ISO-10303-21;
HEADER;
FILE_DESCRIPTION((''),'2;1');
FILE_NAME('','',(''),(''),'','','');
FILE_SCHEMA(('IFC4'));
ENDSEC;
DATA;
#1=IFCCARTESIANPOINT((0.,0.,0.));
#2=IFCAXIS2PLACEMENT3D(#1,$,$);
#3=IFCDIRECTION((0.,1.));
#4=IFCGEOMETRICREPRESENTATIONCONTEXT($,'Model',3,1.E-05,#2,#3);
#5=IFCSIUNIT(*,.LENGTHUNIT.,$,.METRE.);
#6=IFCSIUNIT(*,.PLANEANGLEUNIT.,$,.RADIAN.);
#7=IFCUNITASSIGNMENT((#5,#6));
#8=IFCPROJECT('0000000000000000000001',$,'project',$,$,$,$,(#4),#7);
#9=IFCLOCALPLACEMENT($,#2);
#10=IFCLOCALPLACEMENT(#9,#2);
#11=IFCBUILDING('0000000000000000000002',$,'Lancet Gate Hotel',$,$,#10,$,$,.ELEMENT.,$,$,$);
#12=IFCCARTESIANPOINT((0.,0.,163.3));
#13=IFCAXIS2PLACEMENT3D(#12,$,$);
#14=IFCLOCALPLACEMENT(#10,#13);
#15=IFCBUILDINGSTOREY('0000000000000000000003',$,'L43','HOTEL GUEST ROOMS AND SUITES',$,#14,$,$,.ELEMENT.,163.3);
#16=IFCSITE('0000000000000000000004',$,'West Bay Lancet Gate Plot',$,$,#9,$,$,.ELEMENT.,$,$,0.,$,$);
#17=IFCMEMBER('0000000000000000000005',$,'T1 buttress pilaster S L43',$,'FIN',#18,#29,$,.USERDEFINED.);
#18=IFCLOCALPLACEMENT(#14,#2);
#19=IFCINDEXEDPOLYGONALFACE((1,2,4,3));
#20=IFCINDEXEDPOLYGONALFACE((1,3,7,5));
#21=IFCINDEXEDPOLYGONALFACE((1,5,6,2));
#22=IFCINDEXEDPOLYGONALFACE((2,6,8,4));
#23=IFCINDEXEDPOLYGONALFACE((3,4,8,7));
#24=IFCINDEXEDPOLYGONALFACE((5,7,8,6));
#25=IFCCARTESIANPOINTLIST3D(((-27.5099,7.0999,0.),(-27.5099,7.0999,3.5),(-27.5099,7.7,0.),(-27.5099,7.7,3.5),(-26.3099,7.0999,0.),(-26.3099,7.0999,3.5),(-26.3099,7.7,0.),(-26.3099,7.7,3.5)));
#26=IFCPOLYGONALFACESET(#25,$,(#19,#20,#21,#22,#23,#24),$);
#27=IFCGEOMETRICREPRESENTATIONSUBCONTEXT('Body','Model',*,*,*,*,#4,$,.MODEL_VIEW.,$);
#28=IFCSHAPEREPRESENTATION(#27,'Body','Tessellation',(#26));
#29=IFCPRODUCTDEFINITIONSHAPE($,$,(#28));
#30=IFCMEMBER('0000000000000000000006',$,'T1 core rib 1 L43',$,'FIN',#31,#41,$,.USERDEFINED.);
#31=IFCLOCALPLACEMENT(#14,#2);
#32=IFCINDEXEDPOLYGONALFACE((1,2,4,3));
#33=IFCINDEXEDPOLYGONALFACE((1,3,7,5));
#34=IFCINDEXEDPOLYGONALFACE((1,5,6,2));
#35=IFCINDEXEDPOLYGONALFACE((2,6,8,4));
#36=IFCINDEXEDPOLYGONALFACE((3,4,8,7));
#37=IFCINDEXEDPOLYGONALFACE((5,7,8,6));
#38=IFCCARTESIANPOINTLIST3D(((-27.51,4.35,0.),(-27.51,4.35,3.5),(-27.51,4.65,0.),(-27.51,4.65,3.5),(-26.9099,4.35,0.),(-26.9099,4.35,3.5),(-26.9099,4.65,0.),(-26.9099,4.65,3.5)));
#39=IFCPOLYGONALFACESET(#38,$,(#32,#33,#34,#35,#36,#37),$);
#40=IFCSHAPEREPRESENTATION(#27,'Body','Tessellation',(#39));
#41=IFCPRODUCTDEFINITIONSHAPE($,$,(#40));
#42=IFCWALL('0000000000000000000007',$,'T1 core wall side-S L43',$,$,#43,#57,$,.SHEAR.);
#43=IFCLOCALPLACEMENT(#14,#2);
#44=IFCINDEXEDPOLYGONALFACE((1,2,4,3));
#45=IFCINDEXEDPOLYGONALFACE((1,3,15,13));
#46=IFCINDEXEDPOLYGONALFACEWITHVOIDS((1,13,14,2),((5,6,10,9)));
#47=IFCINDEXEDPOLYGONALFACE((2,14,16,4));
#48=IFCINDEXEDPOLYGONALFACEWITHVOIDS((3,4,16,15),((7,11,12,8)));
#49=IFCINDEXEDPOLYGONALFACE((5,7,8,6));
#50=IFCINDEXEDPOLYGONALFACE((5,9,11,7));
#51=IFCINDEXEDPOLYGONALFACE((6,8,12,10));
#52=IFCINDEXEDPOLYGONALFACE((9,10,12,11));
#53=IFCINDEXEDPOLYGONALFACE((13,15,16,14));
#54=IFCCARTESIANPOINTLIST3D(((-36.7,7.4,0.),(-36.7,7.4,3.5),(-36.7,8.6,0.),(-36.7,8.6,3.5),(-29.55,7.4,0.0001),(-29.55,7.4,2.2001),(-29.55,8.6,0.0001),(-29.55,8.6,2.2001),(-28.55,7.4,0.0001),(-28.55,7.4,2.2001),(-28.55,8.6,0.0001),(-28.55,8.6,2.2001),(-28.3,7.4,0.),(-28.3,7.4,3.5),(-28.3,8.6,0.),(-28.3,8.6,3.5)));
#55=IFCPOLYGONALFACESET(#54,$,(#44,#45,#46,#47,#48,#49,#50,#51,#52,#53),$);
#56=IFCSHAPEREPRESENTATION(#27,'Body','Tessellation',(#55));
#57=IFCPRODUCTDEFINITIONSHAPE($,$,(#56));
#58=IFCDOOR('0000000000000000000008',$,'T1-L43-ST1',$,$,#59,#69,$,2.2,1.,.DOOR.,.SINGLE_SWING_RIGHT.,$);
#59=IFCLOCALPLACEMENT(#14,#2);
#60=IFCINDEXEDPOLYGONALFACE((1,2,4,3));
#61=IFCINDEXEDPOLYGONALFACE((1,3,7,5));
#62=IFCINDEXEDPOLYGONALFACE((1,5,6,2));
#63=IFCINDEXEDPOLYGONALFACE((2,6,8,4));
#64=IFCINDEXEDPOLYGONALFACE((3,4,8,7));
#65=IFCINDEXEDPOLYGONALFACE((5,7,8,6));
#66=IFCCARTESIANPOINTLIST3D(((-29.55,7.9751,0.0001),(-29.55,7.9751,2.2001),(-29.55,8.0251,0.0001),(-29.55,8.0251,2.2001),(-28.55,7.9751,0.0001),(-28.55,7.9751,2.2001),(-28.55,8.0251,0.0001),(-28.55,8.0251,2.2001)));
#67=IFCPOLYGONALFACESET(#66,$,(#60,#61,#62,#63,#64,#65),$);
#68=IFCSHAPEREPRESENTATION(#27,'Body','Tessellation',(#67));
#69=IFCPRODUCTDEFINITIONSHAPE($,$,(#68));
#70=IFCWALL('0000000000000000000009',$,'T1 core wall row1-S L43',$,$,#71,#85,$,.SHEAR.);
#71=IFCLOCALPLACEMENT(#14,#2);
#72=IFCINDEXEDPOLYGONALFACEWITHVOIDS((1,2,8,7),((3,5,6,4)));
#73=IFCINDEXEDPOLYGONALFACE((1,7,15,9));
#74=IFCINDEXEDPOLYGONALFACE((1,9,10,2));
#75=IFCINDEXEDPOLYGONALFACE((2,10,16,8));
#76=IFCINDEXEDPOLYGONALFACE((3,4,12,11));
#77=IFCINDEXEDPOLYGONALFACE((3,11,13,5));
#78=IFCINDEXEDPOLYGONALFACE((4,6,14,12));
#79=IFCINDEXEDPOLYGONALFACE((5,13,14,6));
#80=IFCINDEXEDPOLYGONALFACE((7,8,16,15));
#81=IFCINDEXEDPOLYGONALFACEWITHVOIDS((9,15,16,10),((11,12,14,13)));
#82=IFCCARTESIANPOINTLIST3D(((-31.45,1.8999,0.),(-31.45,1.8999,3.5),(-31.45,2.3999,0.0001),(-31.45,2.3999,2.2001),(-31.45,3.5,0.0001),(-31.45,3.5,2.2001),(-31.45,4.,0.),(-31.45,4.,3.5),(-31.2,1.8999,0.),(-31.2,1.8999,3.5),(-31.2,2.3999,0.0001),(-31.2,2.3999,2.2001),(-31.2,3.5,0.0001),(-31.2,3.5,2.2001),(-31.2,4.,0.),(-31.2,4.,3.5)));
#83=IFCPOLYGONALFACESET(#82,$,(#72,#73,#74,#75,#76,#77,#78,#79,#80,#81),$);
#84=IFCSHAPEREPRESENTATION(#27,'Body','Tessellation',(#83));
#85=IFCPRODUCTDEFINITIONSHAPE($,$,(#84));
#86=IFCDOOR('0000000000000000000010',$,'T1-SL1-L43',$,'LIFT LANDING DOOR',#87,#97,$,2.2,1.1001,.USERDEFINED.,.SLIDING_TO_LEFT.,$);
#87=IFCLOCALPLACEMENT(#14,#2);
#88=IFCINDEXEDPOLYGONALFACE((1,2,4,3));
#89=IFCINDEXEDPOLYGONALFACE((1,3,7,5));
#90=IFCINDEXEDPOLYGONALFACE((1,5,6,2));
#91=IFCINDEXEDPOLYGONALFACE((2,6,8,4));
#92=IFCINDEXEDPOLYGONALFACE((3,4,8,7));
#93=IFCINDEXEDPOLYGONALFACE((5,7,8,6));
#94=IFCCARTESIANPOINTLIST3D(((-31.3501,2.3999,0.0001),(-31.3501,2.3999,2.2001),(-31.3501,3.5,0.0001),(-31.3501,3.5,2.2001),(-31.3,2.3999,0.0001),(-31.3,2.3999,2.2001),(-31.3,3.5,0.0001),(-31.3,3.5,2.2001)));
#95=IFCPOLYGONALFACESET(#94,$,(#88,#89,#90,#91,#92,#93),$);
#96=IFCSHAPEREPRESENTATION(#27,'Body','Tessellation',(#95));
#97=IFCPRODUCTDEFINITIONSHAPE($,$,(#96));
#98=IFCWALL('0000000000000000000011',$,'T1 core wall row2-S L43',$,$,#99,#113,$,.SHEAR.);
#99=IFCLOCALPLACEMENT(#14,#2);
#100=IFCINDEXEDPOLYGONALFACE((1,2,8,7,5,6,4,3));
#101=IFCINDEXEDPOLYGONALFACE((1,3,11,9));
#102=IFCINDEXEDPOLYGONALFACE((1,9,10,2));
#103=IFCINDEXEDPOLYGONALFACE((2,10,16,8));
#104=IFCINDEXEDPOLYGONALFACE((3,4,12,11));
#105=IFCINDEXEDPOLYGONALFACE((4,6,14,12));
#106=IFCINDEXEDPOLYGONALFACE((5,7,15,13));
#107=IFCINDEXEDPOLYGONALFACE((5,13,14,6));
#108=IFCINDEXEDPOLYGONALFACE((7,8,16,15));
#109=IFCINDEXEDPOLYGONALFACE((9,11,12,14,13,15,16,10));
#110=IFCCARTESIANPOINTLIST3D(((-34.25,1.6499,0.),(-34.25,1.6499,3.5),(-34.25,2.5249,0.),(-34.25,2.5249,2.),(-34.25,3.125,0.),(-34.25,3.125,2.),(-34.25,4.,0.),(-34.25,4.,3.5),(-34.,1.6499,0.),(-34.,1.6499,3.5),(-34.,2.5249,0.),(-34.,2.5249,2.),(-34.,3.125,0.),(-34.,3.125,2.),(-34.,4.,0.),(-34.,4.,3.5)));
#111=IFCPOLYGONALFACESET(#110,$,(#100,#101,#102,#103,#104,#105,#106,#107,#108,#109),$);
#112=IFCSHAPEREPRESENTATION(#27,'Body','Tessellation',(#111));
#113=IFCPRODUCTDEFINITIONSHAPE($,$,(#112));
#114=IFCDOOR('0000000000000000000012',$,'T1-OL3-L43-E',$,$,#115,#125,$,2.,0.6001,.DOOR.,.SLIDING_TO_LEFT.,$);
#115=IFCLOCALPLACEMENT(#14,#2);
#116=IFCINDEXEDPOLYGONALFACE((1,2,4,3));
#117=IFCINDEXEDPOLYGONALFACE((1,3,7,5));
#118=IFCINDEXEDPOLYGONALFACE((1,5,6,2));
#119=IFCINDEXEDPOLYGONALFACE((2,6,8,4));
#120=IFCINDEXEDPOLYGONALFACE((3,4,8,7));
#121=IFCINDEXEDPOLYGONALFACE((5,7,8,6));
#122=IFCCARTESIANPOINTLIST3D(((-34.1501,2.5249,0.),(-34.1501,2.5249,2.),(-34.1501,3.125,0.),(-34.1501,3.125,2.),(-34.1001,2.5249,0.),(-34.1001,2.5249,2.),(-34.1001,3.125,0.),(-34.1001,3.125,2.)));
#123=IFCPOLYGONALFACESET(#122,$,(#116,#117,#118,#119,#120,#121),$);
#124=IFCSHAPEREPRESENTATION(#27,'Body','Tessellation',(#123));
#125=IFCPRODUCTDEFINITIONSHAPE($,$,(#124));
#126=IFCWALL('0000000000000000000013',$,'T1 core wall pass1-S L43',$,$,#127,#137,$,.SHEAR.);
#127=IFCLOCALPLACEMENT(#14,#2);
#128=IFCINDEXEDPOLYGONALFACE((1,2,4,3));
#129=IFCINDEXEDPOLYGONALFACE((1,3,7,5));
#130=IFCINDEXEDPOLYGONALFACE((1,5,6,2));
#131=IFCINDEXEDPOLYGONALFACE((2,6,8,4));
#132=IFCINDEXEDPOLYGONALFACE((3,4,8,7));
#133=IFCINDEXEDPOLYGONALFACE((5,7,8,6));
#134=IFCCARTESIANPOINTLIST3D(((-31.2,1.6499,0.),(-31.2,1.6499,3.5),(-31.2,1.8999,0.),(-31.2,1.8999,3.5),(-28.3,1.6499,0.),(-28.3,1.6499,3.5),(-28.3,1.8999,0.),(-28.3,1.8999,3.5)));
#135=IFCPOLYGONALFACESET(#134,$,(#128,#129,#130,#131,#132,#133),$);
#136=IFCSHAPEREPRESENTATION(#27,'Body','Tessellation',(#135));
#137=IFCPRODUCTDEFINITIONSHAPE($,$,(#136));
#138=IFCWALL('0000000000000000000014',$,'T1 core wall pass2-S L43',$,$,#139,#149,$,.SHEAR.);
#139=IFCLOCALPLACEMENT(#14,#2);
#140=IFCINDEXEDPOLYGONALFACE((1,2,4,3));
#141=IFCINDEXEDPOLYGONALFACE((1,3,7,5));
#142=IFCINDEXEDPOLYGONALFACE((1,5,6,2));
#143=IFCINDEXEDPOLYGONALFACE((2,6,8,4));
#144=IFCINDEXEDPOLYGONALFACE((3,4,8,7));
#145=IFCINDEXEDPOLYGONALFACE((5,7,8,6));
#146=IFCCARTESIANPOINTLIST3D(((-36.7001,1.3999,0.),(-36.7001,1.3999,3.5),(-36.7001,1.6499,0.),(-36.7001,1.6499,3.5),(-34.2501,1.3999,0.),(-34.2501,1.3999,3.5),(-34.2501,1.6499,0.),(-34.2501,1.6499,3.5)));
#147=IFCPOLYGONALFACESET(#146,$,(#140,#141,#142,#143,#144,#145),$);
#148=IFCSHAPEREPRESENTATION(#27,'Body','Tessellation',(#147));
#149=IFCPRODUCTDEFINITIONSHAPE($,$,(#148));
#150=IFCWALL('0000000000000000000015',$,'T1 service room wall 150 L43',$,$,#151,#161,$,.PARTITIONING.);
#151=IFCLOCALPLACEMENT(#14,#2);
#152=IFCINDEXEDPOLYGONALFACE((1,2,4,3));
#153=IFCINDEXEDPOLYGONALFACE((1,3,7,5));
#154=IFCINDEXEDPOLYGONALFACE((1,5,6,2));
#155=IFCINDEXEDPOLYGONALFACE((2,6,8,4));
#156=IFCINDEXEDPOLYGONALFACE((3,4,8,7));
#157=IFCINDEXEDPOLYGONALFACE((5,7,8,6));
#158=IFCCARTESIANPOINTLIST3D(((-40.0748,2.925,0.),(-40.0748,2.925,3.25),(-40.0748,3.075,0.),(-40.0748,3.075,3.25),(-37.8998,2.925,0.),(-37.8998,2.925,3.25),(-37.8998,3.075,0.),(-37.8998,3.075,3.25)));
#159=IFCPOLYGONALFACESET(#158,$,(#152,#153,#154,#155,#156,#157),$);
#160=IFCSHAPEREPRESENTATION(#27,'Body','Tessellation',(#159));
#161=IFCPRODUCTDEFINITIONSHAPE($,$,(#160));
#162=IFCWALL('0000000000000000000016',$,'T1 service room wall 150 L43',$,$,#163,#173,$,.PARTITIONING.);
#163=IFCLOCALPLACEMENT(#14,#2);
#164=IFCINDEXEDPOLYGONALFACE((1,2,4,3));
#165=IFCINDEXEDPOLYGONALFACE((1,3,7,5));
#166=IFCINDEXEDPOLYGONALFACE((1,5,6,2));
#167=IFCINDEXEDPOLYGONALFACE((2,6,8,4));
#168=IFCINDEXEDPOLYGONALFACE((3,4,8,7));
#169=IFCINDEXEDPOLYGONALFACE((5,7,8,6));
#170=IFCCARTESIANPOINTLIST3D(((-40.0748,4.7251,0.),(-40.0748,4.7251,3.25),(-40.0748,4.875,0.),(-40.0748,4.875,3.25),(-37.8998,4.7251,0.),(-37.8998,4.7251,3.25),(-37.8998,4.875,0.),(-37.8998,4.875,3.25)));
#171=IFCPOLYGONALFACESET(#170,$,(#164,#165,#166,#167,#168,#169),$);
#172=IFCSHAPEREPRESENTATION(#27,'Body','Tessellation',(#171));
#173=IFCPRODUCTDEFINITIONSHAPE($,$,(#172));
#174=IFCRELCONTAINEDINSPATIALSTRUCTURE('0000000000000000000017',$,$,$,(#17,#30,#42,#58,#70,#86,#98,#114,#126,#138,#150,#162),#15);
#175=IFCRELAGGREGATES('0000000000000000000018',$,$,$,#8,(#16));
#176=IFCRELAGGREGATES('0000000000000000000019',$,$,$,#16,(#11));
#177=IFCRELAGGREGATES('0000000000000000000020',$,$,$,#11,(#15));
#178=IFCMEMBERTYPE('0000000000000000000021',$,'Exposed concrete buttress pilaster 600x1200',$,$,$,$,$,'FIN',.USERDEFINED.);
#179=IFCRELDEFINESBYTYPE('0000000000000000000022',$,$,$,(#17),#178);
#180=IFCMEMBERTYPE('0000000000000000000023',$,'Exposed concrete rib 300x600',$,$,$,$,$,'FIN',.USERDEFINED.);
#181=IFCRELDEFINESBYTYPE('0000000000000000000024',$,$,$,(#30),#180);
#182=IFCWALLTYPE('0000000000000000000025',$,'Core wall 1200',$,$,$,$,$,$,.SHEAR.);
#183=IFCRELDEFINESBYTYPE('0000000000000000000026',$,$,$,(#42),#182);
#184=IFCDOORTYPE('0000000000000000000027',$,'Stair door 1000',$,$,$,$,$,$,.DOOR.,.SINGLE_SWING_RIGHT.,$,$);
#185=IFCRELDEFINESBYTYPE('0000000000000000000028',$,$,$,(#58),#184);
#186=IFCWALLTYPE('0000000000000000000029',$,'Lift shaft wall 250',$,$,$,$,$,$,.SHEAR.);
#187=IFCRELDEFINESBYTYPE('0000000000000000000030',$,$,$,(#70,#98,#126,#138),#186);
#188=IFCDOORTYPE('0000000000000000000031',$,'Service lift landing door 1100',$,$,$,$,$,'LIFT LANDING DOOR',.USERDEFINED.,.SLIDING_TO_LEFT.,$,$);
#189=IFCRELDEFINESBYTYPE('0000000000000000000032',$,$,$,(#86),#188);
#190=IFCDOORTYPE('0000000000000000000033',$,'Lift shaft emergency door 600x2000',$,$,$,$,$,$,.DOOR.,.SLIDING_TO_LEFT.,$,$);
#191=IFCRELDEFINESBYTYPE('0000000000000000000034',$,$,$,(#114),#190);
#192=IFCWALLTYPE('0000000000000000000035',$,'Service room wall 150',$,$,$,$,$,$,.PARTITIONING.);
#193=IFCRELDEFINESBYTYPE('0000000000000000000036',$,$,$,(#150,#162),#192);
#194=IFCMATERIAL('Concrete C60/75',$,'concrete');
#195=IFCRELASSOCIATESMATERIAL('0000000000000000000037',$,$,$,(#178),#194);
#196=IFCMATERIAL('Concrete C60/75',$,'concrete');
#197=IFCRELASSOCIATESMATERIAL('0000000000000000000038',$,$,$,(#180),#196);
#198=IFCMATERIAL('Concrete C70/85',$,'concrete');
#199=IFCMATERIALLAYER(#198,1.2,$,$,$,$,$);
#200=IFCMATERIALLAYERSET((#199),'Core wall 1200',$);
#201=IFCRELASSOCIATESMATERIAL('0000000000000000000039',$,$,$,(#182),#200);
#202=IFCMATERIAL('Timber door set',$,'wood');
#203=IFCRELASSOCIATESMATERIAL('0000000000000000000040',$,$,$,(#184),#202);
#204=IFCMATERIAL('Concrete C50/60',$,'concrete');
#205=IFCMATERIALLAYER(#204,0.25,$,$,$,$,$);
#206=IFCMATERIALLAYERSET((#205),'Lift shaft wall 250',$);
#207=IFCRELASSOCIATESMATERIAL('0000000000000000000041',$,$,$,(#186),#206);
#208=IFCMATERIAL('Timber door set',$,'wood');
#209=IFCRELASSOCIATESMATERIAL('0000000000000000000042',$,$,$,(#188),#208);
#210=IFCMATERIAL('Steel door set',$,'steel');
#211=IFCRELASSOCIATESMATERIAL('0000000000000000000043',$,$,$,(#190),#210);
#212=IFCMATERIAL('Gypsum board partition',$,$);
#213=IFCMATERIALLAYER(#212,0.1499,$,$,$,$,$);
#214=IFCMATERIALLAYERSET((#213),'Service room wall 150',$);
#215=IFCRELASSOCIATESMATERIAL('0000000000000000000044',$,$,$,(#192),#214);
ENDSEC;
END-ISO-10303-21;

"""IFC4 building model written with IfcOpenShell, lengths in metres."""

from ifc_helpers import new_model, si_unit, direction, frame, frame_2d, origin, origin_2d, place, context, subcontext, project, spatial, rectangle, extrude, material, layer, layer_set, material_profile, profile_set, type_object, element, fill, save


model = new_model("IFC4")

# Units and contexts
model_context = context("Model", 3, precision=1e-05, world=origin(), true_north=direction((0.0, 1.0)))
body_context = subcontext(model_context, "Body", "Model", "MODEL_VIEW")
ifc_project = project(units=[si_unit("LENGTHUNIT", "METRE"), si_unit("PLANEANGLEUNIT", "RADIAN")], contexts=[model_context])

# Site, building, storey
site_placement = place(None, origin())
site = spatial("IfcSite", under=ifc_project, at=site_placement, Name="West Bay Lancet Gate Plot", CompositionType="ELEMENT", RefElevation=0.0)
building_placement = place(site_placement, origin())
building = spatial("IfcBuilding", under=site, at=building_placement, Name="Lancet Gate Hotel", CompositionType="ELEMENT")
storey_placement = place(building_placement, frame((0.0, 0.0, 163.3)))
storey = spatial("IfcBuildingStorey", under=building, at=storey_placement, Name="L43", Description="HOTEL GUEST ROOMS AND SUITES", CompositionType="ELEMENT", Elevation=163.3)

# Members
ifc_material_1 = material(Name="Concrete C60/75", Category="concrete")
ifc_material_profile_1 = material_profile(ifc_material_1, rectangle(XDim=0.6001, YDim=1.2, at=origin_2d()), Name="FIN 600x1200")
ifc_profile_set_1 = profile_set([ifc_material_profile_1], Name="Concrete C60/75")
member_type_1 = type_object("IfcMemberType", Name="Exposed concrete buttress pilaster 600x1200", ElementType="FIN", PredefinedType="USERDEFINED", material=ifc_profile_set_1)
member_1_placement = place(storey_placement, frame((-26.9099, 7.3999, 0.0), z_axis=(0.0, 0.0, 1.0), x_axis=(0.0, 1.0, 0.0)))
element("IfcMember", 1, at=member_1_placement, inside=storey, type_object=member_type_1, Name="T1 buttress pilaster S L43", ObjectType="FIN", PredefinedType="USERDEFINED", context=body_context, shape_type="SweptSolid", body=[
    extrude(rectangle(XDim=0.6001, YDim=1.2, at=origin_2d()), origin(), (0.0, 0.0, 1.0), 3.5),
])
ifc_material_2 = material(Name="Concrete C60/75", Category="concrete")
ifc_material_profile_2 = material_profile(ifc_material_2, rectangle(XDim=0.3, YDim=0.6001, at=origin_2d()), Name="FIN 300x600")
ifc_profile_set_2 = profile_set([ifc_material_profile_2], Name="Concrete C60/75")
member_type_2 = type_object("IfcMemberType", Name="Exposed concrete rib 300x600", ElementType="FIN", PredefinedType="USERDEFINED", material=ifc_profile_set_2)
member_2_placement = place(storey_placement, frame((-27.21, 4.5, 0.0), z_axis=(0.0, 0.0, 1.0), x_axis=(0.0, 1.0, 0.0)))
element("IfcMember", 2, at=member_2_placement, inside=storey, type_object=member_type_2, Name="T1 core rib 1 L43", ObjectType="FIN", PredefinedType="USERDEFINED", context=body_context, shape_type="SweptSolid", body=[
    extrude(rectangle(XDim=0.3, YDim=0.6001, at=origin_2d()), origin(), (0.0, 0.0, 1.0), 3.5),
])

# Walls, openings, doors
ifc_material_3 = material(Name="Concrete C70/85", Category="concrete")
ifc_layer_1 = layer(ifc_material_3, 1.2)
ifc_layer_set_1 = layer_set([ifc_layer_1], Name="Core wall 1200")
wall_type_1 = type_object("IfcWallType", Name="Core wall 1200", PredefinedType="SHEAR", material=ifc_layer_set_1)
wall_1_placement = place(storey_placement, frame((-28.3, 8.0, 0.0), z_axis=(0.0, 0.0, 1.0), x_axis=(-1.0, 0.0, 0.0)))
wall_1 = element("IfcWall", 3, at=wall_1_placement, inside=storey, type_object=wall_type_1, Name="T1 core wall side-S L43", PredefinedType="SHEAR", context=body_context, shape_type="SweptSolid", body=[
    extrude(rectangle(XDim=8.3999, YDim=1.2, at=frame_2d((4.2, 0.0))), origin(), (0.0, 0.0, 1.0), 3.5),
])
opening_1_placement = place(wall_1_placement, frame((0.25, 0.0, 0.0)))
opening_1 = element("IfcOpeningElement", 4, at=opening_1_placement, cuts=wall_1, PredefinedType="OPENING", context=body_context, shape_type="SweptSolid", body=[
    extrude(rectangle(XDim=1.0, YDim=2.2, at=frame_2d((0.5, 1.1001))), frame((0.0, 0.6099, 0.0), z_axis=(0.0, -1.0, 0.0), x_axis=(1.0, 0.0, 0.0)), (0.0, 0.0, 1.0), 1.22),
])
ifc_material_4 = material(Name="Timber door set", Category="wood")
door_type_1 = type_object("IfcDoorType", Name="Stair door 1000", OperationType="SINGLE_SWING_RIGHT", PredefinedType="DOOR", material=ifc_material_4)
door_1_placement = place(opening_1_placement, origin())
door_1 = element("IfcDoor", 5, at=door_1_placement, inside=storey, type_object=door_type_1, Name="T1-L43-ST1", OperationType="SINGLE_SWING_RIGHT", OverallHeight=2.2, OverallWidth=1.0, PredefinedType="DOOR", context=body_context, shape_type="SweptSolid", body=[
    extrude(rectangle(XDim=1.0, YDim=2.2, at=frame_2d((0.5, 1.1001))), frame((0.0, 0.0249, 0.0), z_axis=(0.0, -1.0, 0.0), x_axis=(1.0, 0.0, 0.0)), (0.0, 0.0, 1.0), 0.05),
])
fill(opening_1, door_1)
ifc_material_5 = material(Name="Concrete C50/60", Category="concrete")
ifc_layer_2 = layer(ifc_material_5, 0.25)
ifc_layer_set_2 = layer_set([ifc_layer_2], Name="Lift shaft wall 250")
wall_type_2 = type_object("IfcWallType", Name="Lift shaft wall 250", PredefinedType="SHEAR", material=ifc_layer_set_2)
wall_2_placement = place(storey_placement, frame((-31.325, 4.0, 0.0), z_axis=(0.0, 0.0, 1.0), x_axis=(0.0, -1.0, 0.0)))
wall_2 = element("IfcWall", 6, at=wall_2_placement, inside=storey, type_object=wall_type_2, Name="T1 core wall row1-S L43", PredefinedType="SHEAR", context=body_context, shape_type="SweptSolid", body=[
    extrude(rectangle(XDim=2.1001, YDim=0.25, at=frame_2d((1.05, 0.0))), origin(), (0.0, 0.0, 1.0), 3.5),
])
opening_2_placement = place(wall_2_placement, frame((0.5, 0.0, 0.0)))
opening_2 = element("IfcOpeningElement", 7, at=opening_2_placement, cuts=wall_2, PredefinedType="OPENING", context=body_context, shape_type="SweptSolid", body=[
    extrude(rectangle(XDim=1.1001, YDim=2.2, at=frame_2d((0.55, 1.1001))), frame((0.0, 0.135, 0.0), z_axis=(0.0, -1.0, 0.0), x_axis=(1.0, 0.0, 0.0)), (0.0, 0.0, 1.0), 0.27),
])
ifc_material_6 = material(Name="Timber door set", Category="wood")
door_type_2 = type_object("IfcDoorType", Name="Service lift landing door 1100", ElementType="LIFT LANDING DOOR", OperationType="SLIDING_TO_LEFT", PredefinedType="USERDEFINED", material=ifc_material_6)
door_2_placement = place(opening_2_placement, origin())
door_2 = element("IfcDoor", 8, at=door_2_placement, inside=storey, type_object=door_type_2, Name="T1-SL1-L43", ObjectType="LIFT LANDING DOOR", OperationType="SLIDING_TO_LEFT", OverallHeight=2.2, OverallWidth=1.1001, PredefinedType="USERDEFINED", context=body_context, shape_type="SweptSolid", body=[
    extrude(rectangle(XDim=1.1001, YDim=2.2, at=frame_2d((0.55, 1.1001))), frame((0.0, 0.0249, 0.0), z_axis=(0.0, -1.0, 0.0), x_axis=(1.0, 0.0, 0.0)), (0.0, 0.0, 1.0), 0.05),
])
fill(opening_2, door_2)
wall_3_placement = place(storey_placement, frame((-34.125, 4.0, 0.0), z_axis=(0.0, 0.0, 1.0), x_axis=(0.0, -1.0, 0.0)))
wall_3 = element("IfcWall", 9, at=wall_3_placement, inside=storey, type_object=wall_type_2, Name="T1 core wall row2-S L43", PredefinedType="SHEAR", context=body_context, shape_type="SweptSolid", body=[
    extrude(rectangle(XDim=2.3501, YDim=0.25, at=frame_2d((1.175, 0.0))), origin(), (0.0, 0.0, 1.0), 3.5),
])
opening_3_placement = place(wall_3_placement, frame((0.875, 0.0, 0.0)))
opening_3 = element("IfcOpeningElement", 10, at=opening_3_placement, cuts=wall_3, PredefinedType="OPENING", context=body_context, shape_type="SweptSolid", body=[
    extrude(rectangle(XDim=0.6001, YDim=2.0, at=frame_2d((0.3, 1.0))), frame((0.0, 0.135, 0.0), z_axis=(0.0, -1.0, 0.0), x_axis=(1.0, 0.0, 0.0)), (0.0, 0.0, 1.0), 0.27),
])
ifc_material_7 = material(Name="Steel door set", Category="steel")
door_type_3 = type_object("IfcDoorType", Name="Lift shaft emergency door 600x2000", OperationType="SLIDING_TO_LEFT", PredefinedType="DOOR", material=ifc_material_7)
door_3_placement = place(opening_3_placement, origin())
door_3 = element("IfcDoor", 11, at=door_3_placement, inside=storey, type_object=door_type_3, Name="T1-OL3-L43-E", OperationType="SLIDING_TO_LEFT", OverallHeight=2.0, OverallWidth=0.6001, PredefinedType="DOOR", context=body_context, shape_type="SweptSolid", body=[
    extrude(rectangle(XDim=0.6001, YDim=2.0, at=frame_2d((0.3, 1.0))), frame((0.0, 0.0249, 0.0), z_axis=(0.0, -1.0, 0.0), x_axis=(1.0, 0.0, 0.0)), (0.0, 0.0, 1.0), 0.05),
])
fill(opening_3, door_3)

# Walls
wall_4_placement = place(storey_placement, frame((-28.3, 1.7749, 0.0), z_axis=(0.0, 0.0, 1.0), x_axis=(-1.0, 0.0, 0.0)))
element("IfcWall", 12, at=wall_4_placement, inside=storey, type_object=wall_type_2, Name="T1 core wall pass1-S L43", PredefinedType="SHEAR", context=body_context, shape_type="SweptSolid", body=[
    extrude(rectangle(XDim=2.8999, YDim=0.25, at=frame_2d((1.45, 0.0))), origin(), (0.0, 0.0, 1.0), 3.5),
])
wall_5_placement = place(storey_placement, frame((-34.25, 1.5249, 0.0), z_axis=(0.0, 0.0, 1.0), x_axis=(-1.0, 0.0, 0.0)))
element("IfcWall", 13, at=wall_5_placement, inside=storey, type_object=wall_type_2, Name="T1 core wall pass2-S L43", PredefinedType="SHEAR", context=body_context, shape_type="SweptSolid", body=[
    extrude(rectangle(XDim=2.45, YDim=0.25, at=frame_2d((1.2251, 0.0))), origin(), (0.0, 0.0, 1.0), 3.5),
])
ifc_material_8 = material(Name="Gypsum board partition")
ifc_layer_3 = layer(ifc_material_8, 0.1499)
ifc_layer_set_3 = layer_set([ifc_layer_3], Name="Service room wall 150")
wall_type_3 = type_object("IfcWallType", Name="Service room wall 150", PredefinedType="PARTITIONING", material=ifc_layer_set_3)
for number, where, z_axis, x_axis, name in (
    (14, (-37.8999, 3.0, 0.0), (0.0, 0.0, 1.0), (-1.0, 0.0, 0.0), "T1 service room wall 150 L43"),
    (15, (-37.8999, 4.8, 0.0), (0.0, 0.0, 1.0), (-1.0, 0.0, 0.0), "T1 service room wall 150 L43"),
):
    element("IfcWall", number, at=place(storey_placement, frame(where, z_axis=z_axis, x_axis=x_axis)), inside=storey, type_object=wall_type_3, Name=name, PredefinedType="PARTITIONING", context=body_context, shape_type="SweptSolid", body=[
        extrude(rectangle(XDim=2.175, YDim=0.1499, at=frame_2d((1.0874, 0.0))), origin(), (0.0, 0.0, 1.0), 3.25),
    ])

save(model, "model.ifc")
